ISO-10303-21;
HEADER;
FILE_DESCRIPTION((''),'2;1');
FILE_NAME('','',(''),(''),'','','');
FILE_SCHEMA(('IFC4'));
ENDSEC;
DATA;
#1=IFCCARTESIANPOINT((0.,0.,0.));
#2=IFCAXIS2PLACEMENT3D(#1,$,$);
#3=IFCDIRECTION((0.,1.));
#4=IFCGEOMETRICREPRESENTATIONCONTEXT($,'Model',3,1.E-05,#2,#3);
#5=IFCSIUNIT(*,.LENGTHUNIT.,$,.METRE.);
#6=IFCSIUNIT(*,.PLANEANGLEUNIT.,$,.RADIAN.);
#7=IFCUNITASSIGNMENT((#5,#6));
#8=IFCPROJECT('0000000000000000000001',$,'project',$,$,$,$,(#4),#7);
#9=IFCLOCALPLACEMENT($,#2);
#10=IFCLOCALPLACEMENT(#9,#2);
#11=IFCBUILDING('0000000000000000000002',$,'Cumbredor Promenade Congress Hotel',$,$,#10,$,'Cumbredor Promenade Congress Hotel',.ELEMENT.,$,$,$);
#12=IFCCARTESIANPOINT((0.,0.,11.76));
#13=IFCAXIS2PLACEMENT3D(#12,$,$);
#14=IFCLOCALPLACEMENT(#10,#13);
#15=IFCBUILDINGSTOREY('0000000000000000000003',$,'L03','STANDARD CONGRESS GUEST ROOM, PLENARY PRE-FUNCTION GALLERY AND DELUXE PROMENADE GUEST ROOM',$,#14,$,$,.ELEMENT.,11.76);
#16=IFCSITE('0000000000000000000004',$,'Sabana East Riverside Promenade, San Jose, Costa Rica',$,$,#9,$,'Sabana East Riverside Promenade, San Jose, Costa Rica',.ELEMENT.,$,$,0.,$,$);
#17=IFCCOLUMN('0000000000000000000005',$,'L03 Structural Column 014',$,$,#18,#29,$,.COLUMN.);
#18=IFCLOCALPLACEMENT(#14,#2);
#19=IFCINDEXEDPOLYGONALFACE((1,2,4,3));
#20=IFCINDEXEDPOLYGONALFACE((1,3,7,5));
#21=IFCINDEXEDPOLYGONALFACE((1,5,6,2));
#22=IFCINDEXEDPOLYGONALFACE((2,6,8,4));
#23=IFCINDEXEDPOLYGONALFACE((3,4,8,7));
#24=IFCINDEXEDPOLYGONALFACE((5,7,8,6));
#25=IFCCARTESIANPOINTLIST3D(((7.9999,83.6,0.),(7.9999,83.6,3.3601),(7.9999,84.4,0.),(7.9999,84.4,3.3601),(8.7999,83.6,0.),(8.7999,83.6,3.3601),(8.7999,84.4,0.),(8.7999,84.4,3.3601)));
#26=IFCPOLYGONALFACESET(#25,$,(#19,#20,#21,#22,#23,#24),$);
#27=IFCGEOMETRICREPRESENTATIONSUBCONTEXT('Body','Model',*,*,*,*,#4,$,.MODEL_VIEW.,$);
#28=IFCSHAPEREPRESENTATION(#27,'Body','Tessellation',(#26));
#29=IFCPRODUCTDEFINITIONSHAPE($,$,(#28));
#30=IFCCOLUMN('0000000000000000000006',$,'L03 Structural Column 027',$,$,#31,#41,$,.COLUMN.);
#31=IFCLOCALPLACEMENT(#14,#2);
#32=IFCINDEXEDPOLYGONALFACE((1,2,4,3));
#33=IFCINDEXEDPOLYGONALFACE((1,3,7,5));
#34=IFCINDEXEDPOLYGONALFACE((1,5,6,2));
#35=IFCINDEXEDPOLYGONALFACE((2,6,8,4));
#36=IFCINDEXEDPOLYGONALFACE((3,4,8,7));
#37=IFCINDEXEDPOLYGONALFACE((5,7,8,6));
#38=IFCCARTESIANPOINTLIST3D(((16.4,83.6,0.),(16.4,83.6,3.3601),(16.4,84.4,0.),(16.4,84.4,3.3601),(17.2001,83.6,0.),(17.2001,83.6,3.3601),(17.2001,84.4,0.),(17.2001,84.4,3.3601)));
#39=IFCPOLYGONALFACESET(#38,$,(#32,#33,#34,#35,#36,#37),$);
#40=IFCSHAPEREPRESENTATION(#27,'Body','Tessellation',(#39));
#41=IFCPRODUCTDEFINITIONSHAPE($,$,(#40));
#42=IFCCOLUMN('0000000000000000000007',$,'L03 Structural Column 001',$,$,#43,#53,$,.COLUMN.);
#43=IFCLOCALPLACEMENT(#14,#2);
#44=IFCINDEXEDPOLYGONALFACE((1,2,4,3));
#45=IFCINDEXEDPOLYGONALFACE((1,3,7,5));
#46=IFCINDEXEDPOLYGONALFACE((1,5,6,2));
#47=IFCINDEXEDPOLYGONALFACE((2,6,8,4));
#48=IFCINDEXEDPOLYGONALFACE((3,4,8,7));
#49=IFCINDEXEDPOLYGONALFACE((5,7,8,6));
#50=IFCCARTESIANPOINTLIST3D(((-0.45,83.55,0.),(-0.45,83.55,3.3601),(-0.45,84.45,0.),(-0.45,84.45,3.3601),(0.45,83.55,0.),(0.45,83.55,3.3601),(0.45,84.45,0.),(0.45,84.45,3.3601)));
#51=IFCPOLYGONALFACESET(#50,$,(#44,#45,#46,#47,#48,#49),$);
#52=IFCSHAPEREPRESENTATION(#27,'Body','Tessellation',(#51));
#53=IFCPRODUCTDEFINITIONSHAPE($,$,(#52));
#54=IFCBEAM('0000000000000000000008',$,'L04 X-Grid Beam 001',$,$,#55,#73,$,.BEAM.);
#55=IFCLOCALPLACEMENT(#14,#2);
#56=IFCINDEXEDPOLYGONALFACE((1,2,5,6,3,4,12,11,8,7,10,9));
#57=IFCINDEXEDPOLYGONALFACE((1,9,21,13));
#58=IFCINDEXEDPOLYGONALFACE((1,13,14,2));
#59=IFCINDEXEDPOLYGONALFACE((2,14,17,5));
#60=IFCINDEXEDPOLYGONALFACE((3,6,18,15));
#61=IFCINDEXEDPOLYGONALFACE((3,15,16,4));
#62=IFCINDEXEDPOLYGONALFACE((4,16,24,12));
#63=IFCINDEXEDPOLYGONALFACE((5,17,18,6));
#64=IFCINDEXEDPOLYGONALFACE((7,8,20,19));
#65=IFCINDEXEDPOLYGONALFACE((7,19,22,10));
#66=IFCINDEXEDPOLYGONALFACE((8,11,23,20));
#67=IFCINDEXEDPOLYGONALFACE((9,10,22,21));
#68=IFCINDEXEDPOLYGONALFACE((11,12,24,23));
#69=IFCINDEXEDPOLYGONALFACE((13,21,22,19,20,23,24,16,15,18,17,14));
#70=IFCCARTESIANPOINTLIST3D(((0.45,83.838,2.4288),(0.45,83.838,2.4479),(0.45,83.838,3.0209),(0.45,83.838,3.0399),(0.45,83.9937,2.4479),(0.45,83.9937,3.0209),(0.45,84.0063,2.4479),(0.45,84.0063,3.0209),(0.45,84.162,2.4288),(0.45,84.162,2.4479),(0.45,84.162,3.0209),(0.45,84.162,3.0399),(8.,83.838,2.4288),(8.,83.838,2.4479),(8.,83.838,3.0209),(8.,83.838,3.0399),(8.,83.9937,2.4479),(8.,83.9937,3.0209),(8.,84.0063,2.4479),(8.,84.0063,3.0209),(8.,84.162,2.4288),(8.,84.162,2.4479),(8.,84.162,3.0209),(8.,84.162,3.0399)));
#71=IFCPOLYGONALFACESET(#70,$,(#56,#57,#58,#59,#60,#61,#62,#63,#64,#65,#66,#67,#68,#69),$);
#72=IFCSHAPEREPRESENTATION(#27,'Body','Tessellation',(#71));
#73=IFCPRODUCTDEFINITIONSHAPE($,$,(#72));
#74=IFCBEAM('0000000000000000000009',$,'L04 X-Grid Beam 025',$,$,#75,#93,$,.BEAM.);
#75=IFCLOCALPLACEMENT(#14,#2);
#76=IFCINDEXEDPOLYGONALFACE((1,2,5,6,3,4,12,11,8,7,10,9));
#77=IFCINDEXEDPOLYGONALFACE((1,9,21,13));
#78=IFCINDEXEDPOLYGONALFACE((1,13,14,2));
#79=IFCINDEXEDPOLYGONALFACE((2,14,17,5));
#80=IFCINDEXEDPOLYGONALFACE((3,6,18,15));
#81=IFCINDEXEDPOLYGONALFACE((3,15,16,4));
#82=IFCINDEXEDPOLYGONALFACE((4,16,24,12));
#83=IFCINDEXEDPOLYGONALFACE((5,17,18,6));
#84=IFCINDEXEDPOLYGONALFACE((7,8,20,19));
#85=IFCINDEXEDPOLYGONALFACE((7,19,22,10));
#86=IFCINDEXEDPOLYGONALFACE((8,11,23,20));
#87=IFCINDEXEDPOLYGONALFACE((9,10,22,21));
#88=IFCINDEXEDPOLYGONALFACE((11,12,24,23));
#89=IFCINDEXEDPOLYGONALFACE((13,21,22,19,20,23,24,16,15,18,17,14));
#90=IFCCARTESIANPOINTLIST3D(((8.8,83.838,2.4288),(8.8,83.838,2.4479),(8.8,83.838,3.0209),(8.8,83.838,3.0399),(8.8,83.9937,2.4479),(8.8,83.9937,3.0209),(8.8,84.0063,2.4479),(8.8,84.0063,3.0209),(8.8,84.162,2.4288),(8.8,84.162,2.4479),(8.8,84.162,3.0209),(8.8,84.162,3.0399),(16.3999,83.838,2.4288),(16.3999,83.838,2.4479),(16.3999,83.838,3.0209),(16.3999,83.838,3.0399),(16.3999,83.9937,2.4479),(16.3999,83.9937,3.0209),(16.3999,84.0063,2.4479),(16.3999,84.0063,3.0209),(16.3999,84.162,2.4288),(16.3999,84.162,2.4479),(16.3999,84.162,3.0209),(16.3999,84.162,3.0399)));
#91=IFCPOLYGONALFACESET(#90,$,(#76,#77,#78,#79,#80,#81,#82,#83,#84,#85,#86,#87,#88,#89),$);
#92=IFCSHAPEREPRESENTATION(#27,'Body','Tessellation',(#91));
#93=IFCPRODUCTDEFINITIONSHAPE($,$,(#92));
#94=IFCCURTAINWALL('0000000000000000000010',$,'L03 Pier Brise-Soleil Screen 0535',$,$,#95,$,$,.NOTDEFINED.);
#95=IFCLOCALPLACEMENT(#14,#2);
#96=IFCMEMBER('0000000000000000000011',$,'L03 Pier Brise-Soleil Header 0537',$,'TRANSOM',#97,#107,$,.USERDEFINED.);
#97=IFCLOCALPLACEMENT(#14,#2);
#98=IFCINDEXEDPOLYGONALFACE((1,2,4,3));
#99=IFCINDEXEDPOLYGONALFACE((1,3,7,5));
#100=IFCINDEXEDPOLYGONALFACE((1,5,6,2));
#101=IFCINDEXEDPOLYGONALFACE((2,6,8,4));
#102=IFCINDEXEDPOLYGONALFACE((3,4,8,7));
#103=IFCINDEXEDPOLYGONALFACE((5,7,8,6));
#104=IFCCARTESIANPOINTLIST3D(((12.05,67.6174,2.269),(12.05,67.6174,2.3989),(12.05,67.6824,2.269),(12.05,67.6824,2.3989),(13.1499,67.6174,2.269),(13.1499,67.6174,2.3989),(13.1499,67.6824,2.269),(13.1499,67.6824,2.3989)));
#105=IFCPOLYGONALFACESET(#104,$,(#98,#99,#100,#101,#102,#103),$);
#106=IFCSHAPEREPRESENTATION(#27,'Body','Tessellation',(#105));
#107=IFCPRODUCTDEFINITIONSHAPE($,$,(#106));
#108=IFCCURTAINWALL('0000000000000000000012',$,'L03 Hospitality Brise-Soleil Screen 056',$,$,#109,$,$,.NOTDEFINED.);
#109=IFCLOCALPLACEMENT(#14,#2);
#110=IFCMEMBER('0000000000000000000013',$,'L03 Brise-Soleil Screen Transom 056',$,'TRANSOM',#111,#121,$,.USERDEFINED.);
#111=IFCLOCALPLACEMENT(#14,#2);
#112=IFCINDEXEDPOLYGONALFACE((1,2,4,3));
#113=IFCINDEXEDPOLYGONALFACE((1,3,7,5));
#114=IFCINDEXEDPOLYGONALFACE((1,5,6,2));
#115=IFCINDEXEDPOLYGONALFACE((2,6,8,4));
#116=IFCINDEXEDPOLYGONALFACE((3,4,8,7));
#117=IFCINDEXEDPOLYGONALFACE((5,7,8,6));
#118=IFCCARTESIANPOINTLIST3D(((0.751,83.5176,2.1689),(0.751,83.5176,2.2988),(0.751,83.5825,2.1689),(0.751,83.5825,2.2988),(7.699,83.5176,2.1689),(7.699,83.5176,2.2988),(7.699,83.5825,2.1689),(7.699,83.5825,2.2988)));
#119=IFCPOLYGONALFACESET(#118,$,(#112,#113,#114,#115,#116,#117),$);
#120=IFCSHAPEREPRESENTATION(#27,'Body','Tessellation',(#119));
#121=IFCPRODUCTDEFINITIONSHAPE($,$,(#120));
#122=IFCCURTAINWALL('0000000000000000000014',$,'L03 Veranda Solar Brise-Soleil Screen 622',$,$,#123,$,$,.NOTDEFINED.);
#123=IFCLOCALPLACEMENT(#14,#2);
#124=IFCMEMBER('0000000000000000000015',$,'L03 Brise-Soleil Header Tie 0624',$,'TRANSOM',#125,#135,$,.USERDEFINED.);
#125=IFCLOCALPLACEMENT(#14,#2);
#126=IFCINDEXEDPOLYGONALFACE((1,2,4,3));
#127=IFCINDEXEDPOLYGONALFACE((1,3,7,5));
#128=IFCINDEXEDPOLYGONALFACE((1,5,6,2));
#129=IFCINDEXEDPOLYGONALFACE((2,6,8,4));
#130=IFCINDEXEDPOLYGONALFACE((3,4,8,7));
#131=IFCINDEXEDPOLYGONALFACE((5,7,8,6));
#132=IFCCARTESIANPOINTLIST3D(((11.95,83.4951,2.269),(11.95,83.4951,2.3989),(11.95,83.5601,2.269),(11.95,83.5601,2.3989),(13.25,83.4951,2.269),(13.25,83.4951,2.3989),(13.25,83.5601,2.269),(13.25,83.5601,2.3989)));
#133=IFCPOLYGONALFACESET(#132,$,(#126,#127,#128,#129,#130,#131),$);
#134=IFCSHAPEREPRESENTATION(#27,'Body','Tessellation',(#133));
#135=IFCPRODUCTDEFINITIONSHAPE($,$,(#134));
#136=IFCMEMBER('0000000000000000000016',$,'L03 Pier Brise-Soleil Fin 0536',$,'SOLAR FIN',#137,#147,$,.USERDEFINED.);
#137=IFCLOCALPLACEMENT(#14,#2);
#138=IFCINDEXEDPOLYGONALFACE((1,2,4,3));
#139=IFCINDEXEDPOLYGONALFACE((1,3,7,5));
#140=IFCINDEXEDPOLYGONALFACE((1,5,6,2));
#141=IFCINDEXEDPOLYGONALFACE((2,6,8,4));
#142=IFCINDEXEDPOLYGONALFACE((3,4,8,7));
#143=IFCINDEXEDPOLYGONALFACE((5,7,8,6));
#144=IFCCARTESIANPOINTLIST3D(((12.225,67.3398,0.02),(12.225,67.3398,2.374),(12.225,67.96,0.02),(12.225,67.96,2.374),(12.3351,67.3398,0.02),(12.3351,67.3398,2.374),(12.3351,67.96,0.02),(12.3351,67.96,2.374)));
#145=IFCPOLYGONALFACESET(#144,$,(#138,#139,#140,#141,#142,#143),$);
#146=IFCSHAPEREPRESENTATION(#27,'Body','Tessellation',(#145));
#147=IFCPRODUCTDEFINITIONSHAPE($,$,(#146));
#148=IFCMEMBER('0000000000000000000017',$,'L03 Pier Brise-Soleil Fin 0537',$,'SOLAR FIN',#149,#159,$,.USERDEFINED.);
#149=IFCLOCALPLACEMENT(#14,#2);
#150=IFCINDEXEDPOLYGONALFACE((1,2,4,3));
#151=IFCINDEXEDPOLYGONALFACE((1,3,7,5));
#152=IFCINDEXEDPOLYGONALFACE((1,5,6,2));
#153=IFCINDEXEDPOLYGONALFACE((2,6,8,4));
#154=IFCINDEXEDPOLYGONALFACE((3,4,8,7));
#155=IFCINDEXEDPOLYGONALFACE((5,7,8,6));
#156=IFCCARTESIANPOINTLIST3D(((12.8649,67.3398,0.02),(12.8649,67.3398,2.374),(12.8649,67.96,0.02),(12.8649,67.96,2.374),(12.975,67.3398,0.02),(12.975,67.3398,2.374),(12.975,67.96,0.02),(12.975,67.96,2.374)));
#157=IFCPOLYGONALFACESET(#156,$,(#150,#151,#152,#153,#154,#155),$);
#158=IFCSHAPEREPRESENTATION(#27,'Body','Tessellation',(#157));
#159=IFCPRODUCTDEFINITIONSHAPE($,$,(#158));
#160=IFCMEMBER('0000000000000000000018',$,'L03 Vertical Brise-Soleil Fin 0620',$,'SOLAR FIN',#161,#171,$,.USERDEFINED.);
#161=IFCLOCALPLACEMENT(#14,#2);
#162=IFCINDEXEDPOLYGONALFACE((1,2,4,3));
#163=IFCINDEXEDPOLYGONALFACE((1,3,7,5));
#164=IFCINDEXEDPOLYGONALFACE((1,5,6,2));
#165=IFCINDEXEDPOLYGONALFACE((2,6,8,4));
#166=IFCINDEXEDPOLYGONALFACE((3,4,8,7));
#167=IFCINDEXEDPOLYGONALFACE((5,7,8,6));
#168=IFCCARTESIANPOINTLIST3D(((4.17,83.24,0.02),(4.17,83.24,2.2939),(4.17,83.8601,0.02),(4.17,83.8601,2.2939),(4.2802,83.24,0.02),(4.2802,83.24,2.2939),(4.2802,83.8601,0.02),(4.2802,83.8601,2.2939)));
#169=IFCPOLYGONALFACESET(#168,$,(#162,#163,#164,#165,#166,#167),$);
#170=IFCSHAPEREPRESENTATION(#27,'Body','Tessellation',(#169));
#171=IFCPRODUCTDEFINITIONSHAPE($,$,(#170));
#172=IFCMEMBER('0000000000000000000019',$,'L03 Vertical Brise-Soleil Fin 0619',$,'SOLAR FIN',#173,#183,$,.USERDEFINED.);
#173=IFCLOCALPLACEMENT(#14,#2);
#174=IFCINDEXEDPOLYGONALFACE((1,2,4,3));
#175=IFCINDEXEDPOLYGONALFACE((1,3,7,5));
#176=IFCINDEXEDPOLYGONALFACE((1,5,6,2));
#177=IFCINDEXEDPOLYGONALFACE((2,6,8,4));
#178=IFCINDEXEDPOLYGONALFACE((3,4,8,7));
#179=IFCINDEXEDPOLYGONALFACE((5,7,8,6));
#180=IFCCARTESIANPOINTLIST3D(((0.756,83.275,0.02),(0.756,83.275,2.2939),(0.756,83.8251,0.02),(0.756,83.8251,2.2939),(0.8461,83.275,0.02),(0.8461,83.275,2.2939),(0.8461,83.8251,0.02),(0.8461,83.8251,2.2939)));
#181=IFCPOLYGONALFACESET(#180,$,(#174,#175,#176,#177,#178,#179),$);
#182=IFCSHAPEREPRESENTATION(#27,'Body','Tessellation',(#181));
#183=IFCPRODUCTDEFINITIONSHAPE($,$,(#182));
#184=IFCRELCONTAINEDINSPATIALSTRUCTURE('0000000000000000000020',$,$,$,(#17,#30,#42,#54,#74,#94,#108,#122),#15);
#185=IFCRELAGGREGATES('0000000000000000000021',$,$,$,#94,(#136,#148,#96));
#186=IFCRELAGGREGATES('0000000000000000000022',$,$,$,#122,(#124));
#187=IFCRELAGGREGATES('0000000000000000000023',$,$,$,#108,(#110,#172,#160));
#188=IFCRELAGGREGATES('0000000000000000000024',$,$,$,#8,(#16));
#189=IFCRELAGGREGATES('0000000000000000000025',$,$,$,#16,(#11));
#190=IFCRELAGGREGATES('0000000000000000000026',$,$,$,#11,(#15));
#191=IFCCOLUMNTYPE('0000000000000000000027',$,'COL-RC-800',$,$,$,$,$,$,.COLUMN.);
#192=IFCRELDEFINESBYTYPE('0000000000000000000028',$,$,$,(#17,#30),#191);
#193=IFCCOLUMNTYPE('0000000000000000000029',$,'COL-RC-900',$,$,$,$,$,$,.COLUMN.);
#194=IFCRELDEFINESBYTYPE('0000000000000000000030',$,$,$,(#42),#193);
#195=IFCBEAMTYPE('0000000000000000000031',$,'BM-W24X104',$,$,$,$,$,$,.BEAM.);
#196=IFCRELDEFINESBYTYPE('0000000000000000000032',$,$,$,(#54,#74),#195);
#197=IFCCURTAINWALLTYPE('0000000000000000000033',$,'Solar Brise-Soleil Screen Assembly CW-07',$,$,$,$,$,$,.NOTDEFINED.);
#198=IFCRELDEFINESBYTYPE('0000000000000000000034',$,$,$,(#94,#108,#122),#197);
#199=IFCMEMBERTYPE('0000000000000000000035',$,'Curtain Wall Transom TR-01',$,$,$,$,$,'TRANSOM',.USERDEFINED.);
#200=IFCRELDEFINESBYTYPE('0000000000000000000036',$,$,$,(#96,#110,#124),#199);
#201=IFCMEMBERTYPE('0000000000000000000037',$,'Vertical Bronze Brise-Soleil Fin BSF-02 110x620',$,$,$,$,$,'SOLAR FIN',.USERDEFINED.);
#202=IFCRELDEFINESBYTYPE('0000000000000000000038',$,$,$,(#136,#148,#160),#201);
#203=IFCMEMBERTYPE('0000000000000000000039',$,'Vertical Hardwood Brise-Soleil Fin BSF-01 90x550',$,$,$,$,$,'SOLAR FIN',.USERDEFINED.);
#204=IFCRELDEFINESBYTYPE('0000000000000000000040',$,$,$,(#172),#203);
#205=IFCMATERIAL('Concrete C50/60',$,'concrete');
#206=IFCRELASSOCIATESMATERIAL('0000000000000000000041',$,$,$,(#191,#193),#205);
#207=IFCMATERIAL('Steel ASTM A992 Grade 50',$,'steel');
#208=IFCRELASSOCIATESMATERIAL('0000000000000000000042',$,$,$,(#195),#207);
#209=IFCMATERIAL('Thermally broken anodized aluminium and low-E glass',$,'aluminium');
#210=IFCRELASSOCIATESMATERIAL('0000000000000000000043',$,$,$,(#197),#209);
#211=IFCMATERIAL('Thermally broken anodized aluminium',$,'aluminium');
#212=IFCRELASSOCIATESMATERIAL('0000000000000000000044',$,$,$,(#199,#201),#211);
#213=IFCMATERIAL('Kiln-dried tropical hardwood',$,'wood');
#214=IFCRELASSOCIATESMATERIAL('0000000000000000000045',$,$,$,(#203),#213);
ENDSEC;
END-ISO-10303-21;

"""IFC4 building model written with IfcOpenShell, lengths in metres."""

from ifc_helpers import new_model, si_unit, direction, frame, origin, origin_2d, place, context, subcontext, project, spatial, rectangle, i_section, extrude, material, material_profile, profile_set, type_object, element, aggregate, save


model = new_model("IFC4")

# Units and contexts
model_context = context("Model", 3, precision=1e-05, world=origin(), true_north=direction((0.0, 1.0)))
body_context = subcontext(model_context, "Body", "Model", "MODEL_VIEW")
ifc_project = project(units=[si_unit("LENGTHUNIT", "METRE"), si_unit("PLANEANGLEUNIT", "RADIAN")], contexts=[model_context])

# Site, building, storey
site_placement = place(None, origin())
site = spatial("IfcSite", under=ifc_project, at=site_placement, Name="Sabana East Riverside Promenade, San Jose, Costa Rica", LongName="Sabana East Riverside Promenade, San Jose, Costa Rica", CompositionType="ELEMENT", RefElevation=0.0)
building_placement = place(site_placement, origin())
building = spatial("IfcBuilding", under=site, at=building_placement, Name="Cumbredor Promenade Congress Hotel", LongName="Cumbredor Promenade Congress Hotel", CompositionType="ELEMENT")
storey_placement = place(building_placement, frame((0.0, 0.0, 11.76)))
storey = spatial("IfcBuildingStorey", under=building, at=storey_placement, Name="L03", Description="STANDARD CONGRESS GUEST ROOM, PLENARY PRE-FUNCTION GALLERY AND DELUXE PROMENADE GUEST ROOM", CompositionType="ELEMENT", Elevation=11.76)

# Columns
ifc_material_1 = material(Name="Concrete C50/60", Category="concrete")
ifc_material_profile_1 = material_profile(ifc_material_1, rectangle(XDim=0.8, YDim=0.8, at=origin_2d()), Name="RC 800x800")
ifc_profile_set_1 = profile_set([ifc_material_profile_1], Name="Concrete C50/60")
column_type_1 = type_object("IfcColumnType", Name="COL-RC-800", PredefinedType="COLUMN", material=ifc_profile_set_1)
for number, where, z_axis, x_axis, name in (
    (1, (8.3999, 84.0, 0.0), (0.0, 0.0, 1.0), (1.0, 0.0, 0.0), "L03 Structural Column 014"),
    (2, (16.8, 84.0, 0.0), (0.0, 0.0, 1.0), (1.0, 0.0, 0.0), "L03 Structural Column 027"),
):
    element("IfcColumn", number, at=place(storey_placement, frame(where, z_axis=z_axis, x_axis=x_axis)), inside=storey, type_object=column_type_1, Name=name, PredefinedType="COLUMN", context=body_context, shape_type="SweptSolid", body=[
        extrude(rectangle(XDim=0.8, YDim=0.8, at=origin_2d()), origin(), (0.0, 0.0, 1.0), 3.3601),
    ])
ifc_material_profile_2 = material_profile(ifc_material_1, rectangle(XDim=0.8999, YDim=0.8999, at=origin_2d()), Name="RC 900x900")
ifc_profile_set_2 = profile_set([ifc_material_profile_2], Name="Concrete C50/60")
column_type_2 = type_object("IfcColumnType", Name="COL-RC-900", PredefinedType="COLUMN", material=ifc_profile_set_2)
column_placement = place(storey_placement, frame((0.0, 84.0, 0.0), z_axis=(0.0, 0.0, 1.0), x_axis=(1.0, 0.0, 0.0)))
element("IfcColumn", 3, at=column_placement, inside=storey, type_object=column_type_2, Name="L03 Structural Column 001", PredefinedType="COLUMN", context=body_context, shape_type="SweptSolid", body=[
    extrude(rectangle(XDim=0.8999, YDim=0.8999, at=origin_2d()), origin(), (0.0, 0.0, 1.0), 3.3601),
])

# Beams
ifc_material_2 = material(Name="Steel ASTM A992 Grade 50", Category="steel")
ifc_material_profile_3 = material_profile(ifc_material_2, i_section(OverallWidth=0.324, OverallDepth=0.6111, WebThickness=0.0127, FlangeThickness=0.019, at=origin_2d()), Name="W24X104")
ifc_profile_set_3 = profile_set([ifc_material_profile_3], Name="Steel ASTM A992 Grade 50")
beam_type = type_object("IfcBeamType", Name="BM-W24X104", PredefinedType="BEAM", material=ifc_profile_set_3)
beam_1_placement = place(storey_placement, frame((0.45, 84.0, 2.7344), z_axis=(1.0, 0.0, 0.0), x_axis=(0.0, 1.0, 0.0)))
element("IfcBeam", 4, at=beam_1_placement, inside=storey, type_object=beam_type, Name="L04 X-Grid Beam 001", PredefinedType="BEAM", context=body_context, shape_type="SweptSolid", body=[
    extrude(i_section(OverallWidth=0.324, OverallDepth=0.6111, WebThickness=0.0127, FlangeThickness=0.019, at=origin_2d()), origin(), (0.0, 0.0, 1.0), 7.55),
])
beam_2_placement = place(storey_placement, frame((8.8, 84.0, 2.7344), z_axis=(1.0, 0.0, 0.0), x_axis=(0.0, 1.0, 0.0)))
element("IfcBeam", 5, at=beam_2_placement, inside=storey, type_object=beam_type, Name="L04 X-Grid Beam 025", PredefinedType="BEAM", context=body_context, shape_type="SweptSolid", body=[
    extrude(i_section(OverallWidth=0.324, OverallDepth=0.6111, WebThickness=0.0127, FlangeThickness=0.019, at=origin_2d()), origin(), (0.0, 0.0, 1.0), 7.5999),
])

# Curtain walls, members
ifc_material_3 = material(Name="Thermally broken anodized aluminium and low-E glass", Category="aluminium")
curtain_wall_type = type_object("IfcCurtainWallType", Name="Solar Brise-Soleil Screen Assembly CW-07", PredefinedType="NOTDEFINED", material=ifc_material_3)
curtain_wall_1_placement = place(storey_placement, origin())
curtain_wall_1 = element("IfcCurtainWall", 6, at=curtain_wall_1_placement, inside=storey, type_object=curtain_wall_type, Name="L03 Pier Brise-Soleil Screen 0535", PredefinedType="NOTDEFINED")
ifc_material_4 = material(Name="Thermally broken anodized aluminium", Category="aluminium")
ifc_material_profile_4 = material_profile(ifc_material_4, rectangle(XDim=0.0649, YDim=0.1299, at=origin_2d()), Name="ALU TRANSOM 65x130")
ifc_profile_set_4 = profile_set([ifc_material_profile_4], Name="Thermally broken anodized aluminium")
member_type_1 = type_object("IfcMemberType", Name="Curtain Wall Transom TR-01", ElementType="TRANSOM", PredefinedType="USERDEFINED", material=ifc_profile_set_4)
member_1_placement = place(storey_placement, frame((12.05, 67.6499, 2.334), z_axis=(1.0, 0.0, 0.0), x_axis=(0.0, 1.0, 0.0)))
member_1 = element("IfcMember", 7, at=member_1_placement, type_object=member_type_1, Name="L03 Pier Brise-Soleil Header 0537", ObjectType="TRANSOM", PredefinedType="USERDEFINED", context=body_context, shape_type="SweptSolid", body=[
    extrude(rectangle(XDim=0.0649, YDim=0.1299, at=origin_2d()), origin(), (0.0, 0.0, 1.0), 1.0999),
])
curtain_wall_2_placement = place(storey_placement, origin())
curtain_wall_2 = element("IfcCurtainWall", 8, at=curtain_wall_2_placement, inside=storey, type_object=curtain_wall_type, Name="L03 Hospitality Brise-Soleil Screen 056", PredefinedType="NOTDEFINED")
member_2_placement = place(storey_placement, frame((0.751, 83.55, 2.2339), z_axis=(1.0, 0.0, 0.0), x_axis=(0.0, 1.0, 0.0)))
member_2 = element("IfcMember", 9, at=member_2_placement, type_object=member_type_1, Name="L03 Brise-Soleil Screen Transom 056", ObjectType="TRANSOM", PredefinedType="USERDEFINED", context=body_context, shape_type="SweptSolid", body=[
    extrude(rectangle(XDim=0.0649, YDim=0.1299, at=origin_2d()), origin(), (0.0, 0.0, 1.0), 6.948),
])
curtain_wall_3_placement = place(storey_placement, origin())
curtain_wall_3 = element("IfcCurtainWall", 10, at=curtain_wall_3_placement, inside=storey, type_object=curtain_wall_type, Name="L03 Veranda Solar Brise-Soleil Screen 622", PredefinedType="NOTDEFINED")
member_3_placement = place(storey_placement, frame((11.95, 83.5276, 2.334), z_axis=(1.0, 0.0, 0.0), x_axis=(0.0, 1.0, 0.0)))
member_3 = element("IfcMember", 11, at=member_3_placement, type_object=member_type_1, Name="L03 Brise-Soleil Header Tie 0624", ObjectType="TRANSOM", PredefinedType="USERDEFINED", context=body_context, shape_type="SweptSolid", body=[
    extrude(rectangle(XDim=0.0649, YDim=0.1299, at=origin_2d()), origin(), (0.0, 0.0, 1.0), 1.3),
])

# Members
ifc_material_profile_5 = material_profile(ifc_material_4, rectangle(XDim=0.1101, YDim=0.6201, at=origin_2d()), Name="ARCH FIN 110x620")
ifc_profile_set_5 = profile_set([ifc_material_profile_5], Name="Thermally broken anodized aluminium")
member_type_2 = type_object("IfcMemberType", Name="Vertical Bronze Brise-Soleil Fin BSF-02 110x620", ElementType="SOLAR FIN", PredefinedType="USERDEFINED", material=ifc_profile_set_5)
member_4_placement = place(storey_placement, frame((12.28, 67.6499, 0.02), z_axis=(0.0, 0.0, 1.0), x_axis=(1.0, 0.0, 0.0)))
member_4 = element("IfcMember", 12, at=member_4_placement, type_object=member_type_2, Name="L03 Pier Brise-Soleil Fin 0536", ObjectType="SOLAR FIN", PredefinedType="USERDEFINED", context=body_context, shape_type="SweptSolid", body=[
    extrude(rectangle(XDim=0.1101, YDim=0.6201, at=origin_2d()), origin(), (0.0, 0.0, 1.0), 2.354),
])
member_5_placement = place(storey_placement, frame((12.9199, 67.6499, 0.02), z_axis=(0.0, 0.0, 1.0), x_axis=(1.0, 0.0, 0.0)))
member_5 = element("IfcMember", 13, at=member_5_placement, type_object=member_type_2, Name="L03 Pier Brise-Soleil Fin 0537", ObjectType="SOLAR FIN", PredefinedType="USERDEFINED", context=body_context, shape_type="SweptSolid", body=[
    extrude(rectangle(XDim=0.1101, YDim=0.6201, at=origin_2d()), origin(), (0.0, 0.0, 1.0), 2.354),
])
aggregate(curtain_wall_1, [member_4, member_5, member_1])
member_6_placement = place(storey_placement, frame((4.2251, 83.55, 0.02), z_axis=(0.0, 0.0, 1.0), x_axis=(1.0, 0.0, 0.0)))
member_6 = element("IfcMember", 14, at=member_6_placement, type_object=member_type_2, Name="L03 Vertical Brise-Soleil Fin 0620", ObjectType="SOLAR FIN", PredefinedType="USERDEFINED", context=body_context, shape_type="SweptSolid", body=[
    extrude(rectangle(XDim=0.1101, YDim=0.6201, at=origin_2d()), origin(), (0.0, 0.0, 1.0), 2.2739),
])
ifc_material_5 = material(Name="Kiln-dried tropical hardwood", Category="wood")
ifc_material_profile_6 = material_profile(ifc_material_5, rectangle(XDim=0.0901, YDim=0.55, at=origin_2d()), Name="ARCH FIN 90x550")
ifc_profile_set_6 = profile_set([ifc_material_profile_6], Name="Kiln-dried tropical hardwood")
member_type_3 = type_object("IfcMemberType", Name="Vertical Hardwood Brise-Soleil Fin BSF-01 90x550", ElementType="SOLAR FIN", PredefinedType="USERDEFINED", material=ifc_profile_set_6)
member_7_placement = place(storey_placement, frame((0.801, 83.55, 0.02), z_axis=(0.0, 0.0, 1.0), x_axis=(1.0, 0.0, 0.0)))
member_7 = element("IfcMember", 15, at=member_7_placement, type_object=member_type_3, Name="L03 Vertical Brise-Soleil Fin 0619", ObjectType="SOLAR FIN", PredefinedType="USERDEFINED", context=body_context, shape_type="SweptSolid", body=[
    extrude(rectangle(XDim=0.0901, YDim=0.55, at=origin_2d()), origin(), (0.0, 0.0, 1.0), 2.2739),
])
aggregate(curtain_wall_3, [member_3])

aggregate(curtain_wall_2, [member_2, member_7, member_6])

save(model, "model.ifc")
